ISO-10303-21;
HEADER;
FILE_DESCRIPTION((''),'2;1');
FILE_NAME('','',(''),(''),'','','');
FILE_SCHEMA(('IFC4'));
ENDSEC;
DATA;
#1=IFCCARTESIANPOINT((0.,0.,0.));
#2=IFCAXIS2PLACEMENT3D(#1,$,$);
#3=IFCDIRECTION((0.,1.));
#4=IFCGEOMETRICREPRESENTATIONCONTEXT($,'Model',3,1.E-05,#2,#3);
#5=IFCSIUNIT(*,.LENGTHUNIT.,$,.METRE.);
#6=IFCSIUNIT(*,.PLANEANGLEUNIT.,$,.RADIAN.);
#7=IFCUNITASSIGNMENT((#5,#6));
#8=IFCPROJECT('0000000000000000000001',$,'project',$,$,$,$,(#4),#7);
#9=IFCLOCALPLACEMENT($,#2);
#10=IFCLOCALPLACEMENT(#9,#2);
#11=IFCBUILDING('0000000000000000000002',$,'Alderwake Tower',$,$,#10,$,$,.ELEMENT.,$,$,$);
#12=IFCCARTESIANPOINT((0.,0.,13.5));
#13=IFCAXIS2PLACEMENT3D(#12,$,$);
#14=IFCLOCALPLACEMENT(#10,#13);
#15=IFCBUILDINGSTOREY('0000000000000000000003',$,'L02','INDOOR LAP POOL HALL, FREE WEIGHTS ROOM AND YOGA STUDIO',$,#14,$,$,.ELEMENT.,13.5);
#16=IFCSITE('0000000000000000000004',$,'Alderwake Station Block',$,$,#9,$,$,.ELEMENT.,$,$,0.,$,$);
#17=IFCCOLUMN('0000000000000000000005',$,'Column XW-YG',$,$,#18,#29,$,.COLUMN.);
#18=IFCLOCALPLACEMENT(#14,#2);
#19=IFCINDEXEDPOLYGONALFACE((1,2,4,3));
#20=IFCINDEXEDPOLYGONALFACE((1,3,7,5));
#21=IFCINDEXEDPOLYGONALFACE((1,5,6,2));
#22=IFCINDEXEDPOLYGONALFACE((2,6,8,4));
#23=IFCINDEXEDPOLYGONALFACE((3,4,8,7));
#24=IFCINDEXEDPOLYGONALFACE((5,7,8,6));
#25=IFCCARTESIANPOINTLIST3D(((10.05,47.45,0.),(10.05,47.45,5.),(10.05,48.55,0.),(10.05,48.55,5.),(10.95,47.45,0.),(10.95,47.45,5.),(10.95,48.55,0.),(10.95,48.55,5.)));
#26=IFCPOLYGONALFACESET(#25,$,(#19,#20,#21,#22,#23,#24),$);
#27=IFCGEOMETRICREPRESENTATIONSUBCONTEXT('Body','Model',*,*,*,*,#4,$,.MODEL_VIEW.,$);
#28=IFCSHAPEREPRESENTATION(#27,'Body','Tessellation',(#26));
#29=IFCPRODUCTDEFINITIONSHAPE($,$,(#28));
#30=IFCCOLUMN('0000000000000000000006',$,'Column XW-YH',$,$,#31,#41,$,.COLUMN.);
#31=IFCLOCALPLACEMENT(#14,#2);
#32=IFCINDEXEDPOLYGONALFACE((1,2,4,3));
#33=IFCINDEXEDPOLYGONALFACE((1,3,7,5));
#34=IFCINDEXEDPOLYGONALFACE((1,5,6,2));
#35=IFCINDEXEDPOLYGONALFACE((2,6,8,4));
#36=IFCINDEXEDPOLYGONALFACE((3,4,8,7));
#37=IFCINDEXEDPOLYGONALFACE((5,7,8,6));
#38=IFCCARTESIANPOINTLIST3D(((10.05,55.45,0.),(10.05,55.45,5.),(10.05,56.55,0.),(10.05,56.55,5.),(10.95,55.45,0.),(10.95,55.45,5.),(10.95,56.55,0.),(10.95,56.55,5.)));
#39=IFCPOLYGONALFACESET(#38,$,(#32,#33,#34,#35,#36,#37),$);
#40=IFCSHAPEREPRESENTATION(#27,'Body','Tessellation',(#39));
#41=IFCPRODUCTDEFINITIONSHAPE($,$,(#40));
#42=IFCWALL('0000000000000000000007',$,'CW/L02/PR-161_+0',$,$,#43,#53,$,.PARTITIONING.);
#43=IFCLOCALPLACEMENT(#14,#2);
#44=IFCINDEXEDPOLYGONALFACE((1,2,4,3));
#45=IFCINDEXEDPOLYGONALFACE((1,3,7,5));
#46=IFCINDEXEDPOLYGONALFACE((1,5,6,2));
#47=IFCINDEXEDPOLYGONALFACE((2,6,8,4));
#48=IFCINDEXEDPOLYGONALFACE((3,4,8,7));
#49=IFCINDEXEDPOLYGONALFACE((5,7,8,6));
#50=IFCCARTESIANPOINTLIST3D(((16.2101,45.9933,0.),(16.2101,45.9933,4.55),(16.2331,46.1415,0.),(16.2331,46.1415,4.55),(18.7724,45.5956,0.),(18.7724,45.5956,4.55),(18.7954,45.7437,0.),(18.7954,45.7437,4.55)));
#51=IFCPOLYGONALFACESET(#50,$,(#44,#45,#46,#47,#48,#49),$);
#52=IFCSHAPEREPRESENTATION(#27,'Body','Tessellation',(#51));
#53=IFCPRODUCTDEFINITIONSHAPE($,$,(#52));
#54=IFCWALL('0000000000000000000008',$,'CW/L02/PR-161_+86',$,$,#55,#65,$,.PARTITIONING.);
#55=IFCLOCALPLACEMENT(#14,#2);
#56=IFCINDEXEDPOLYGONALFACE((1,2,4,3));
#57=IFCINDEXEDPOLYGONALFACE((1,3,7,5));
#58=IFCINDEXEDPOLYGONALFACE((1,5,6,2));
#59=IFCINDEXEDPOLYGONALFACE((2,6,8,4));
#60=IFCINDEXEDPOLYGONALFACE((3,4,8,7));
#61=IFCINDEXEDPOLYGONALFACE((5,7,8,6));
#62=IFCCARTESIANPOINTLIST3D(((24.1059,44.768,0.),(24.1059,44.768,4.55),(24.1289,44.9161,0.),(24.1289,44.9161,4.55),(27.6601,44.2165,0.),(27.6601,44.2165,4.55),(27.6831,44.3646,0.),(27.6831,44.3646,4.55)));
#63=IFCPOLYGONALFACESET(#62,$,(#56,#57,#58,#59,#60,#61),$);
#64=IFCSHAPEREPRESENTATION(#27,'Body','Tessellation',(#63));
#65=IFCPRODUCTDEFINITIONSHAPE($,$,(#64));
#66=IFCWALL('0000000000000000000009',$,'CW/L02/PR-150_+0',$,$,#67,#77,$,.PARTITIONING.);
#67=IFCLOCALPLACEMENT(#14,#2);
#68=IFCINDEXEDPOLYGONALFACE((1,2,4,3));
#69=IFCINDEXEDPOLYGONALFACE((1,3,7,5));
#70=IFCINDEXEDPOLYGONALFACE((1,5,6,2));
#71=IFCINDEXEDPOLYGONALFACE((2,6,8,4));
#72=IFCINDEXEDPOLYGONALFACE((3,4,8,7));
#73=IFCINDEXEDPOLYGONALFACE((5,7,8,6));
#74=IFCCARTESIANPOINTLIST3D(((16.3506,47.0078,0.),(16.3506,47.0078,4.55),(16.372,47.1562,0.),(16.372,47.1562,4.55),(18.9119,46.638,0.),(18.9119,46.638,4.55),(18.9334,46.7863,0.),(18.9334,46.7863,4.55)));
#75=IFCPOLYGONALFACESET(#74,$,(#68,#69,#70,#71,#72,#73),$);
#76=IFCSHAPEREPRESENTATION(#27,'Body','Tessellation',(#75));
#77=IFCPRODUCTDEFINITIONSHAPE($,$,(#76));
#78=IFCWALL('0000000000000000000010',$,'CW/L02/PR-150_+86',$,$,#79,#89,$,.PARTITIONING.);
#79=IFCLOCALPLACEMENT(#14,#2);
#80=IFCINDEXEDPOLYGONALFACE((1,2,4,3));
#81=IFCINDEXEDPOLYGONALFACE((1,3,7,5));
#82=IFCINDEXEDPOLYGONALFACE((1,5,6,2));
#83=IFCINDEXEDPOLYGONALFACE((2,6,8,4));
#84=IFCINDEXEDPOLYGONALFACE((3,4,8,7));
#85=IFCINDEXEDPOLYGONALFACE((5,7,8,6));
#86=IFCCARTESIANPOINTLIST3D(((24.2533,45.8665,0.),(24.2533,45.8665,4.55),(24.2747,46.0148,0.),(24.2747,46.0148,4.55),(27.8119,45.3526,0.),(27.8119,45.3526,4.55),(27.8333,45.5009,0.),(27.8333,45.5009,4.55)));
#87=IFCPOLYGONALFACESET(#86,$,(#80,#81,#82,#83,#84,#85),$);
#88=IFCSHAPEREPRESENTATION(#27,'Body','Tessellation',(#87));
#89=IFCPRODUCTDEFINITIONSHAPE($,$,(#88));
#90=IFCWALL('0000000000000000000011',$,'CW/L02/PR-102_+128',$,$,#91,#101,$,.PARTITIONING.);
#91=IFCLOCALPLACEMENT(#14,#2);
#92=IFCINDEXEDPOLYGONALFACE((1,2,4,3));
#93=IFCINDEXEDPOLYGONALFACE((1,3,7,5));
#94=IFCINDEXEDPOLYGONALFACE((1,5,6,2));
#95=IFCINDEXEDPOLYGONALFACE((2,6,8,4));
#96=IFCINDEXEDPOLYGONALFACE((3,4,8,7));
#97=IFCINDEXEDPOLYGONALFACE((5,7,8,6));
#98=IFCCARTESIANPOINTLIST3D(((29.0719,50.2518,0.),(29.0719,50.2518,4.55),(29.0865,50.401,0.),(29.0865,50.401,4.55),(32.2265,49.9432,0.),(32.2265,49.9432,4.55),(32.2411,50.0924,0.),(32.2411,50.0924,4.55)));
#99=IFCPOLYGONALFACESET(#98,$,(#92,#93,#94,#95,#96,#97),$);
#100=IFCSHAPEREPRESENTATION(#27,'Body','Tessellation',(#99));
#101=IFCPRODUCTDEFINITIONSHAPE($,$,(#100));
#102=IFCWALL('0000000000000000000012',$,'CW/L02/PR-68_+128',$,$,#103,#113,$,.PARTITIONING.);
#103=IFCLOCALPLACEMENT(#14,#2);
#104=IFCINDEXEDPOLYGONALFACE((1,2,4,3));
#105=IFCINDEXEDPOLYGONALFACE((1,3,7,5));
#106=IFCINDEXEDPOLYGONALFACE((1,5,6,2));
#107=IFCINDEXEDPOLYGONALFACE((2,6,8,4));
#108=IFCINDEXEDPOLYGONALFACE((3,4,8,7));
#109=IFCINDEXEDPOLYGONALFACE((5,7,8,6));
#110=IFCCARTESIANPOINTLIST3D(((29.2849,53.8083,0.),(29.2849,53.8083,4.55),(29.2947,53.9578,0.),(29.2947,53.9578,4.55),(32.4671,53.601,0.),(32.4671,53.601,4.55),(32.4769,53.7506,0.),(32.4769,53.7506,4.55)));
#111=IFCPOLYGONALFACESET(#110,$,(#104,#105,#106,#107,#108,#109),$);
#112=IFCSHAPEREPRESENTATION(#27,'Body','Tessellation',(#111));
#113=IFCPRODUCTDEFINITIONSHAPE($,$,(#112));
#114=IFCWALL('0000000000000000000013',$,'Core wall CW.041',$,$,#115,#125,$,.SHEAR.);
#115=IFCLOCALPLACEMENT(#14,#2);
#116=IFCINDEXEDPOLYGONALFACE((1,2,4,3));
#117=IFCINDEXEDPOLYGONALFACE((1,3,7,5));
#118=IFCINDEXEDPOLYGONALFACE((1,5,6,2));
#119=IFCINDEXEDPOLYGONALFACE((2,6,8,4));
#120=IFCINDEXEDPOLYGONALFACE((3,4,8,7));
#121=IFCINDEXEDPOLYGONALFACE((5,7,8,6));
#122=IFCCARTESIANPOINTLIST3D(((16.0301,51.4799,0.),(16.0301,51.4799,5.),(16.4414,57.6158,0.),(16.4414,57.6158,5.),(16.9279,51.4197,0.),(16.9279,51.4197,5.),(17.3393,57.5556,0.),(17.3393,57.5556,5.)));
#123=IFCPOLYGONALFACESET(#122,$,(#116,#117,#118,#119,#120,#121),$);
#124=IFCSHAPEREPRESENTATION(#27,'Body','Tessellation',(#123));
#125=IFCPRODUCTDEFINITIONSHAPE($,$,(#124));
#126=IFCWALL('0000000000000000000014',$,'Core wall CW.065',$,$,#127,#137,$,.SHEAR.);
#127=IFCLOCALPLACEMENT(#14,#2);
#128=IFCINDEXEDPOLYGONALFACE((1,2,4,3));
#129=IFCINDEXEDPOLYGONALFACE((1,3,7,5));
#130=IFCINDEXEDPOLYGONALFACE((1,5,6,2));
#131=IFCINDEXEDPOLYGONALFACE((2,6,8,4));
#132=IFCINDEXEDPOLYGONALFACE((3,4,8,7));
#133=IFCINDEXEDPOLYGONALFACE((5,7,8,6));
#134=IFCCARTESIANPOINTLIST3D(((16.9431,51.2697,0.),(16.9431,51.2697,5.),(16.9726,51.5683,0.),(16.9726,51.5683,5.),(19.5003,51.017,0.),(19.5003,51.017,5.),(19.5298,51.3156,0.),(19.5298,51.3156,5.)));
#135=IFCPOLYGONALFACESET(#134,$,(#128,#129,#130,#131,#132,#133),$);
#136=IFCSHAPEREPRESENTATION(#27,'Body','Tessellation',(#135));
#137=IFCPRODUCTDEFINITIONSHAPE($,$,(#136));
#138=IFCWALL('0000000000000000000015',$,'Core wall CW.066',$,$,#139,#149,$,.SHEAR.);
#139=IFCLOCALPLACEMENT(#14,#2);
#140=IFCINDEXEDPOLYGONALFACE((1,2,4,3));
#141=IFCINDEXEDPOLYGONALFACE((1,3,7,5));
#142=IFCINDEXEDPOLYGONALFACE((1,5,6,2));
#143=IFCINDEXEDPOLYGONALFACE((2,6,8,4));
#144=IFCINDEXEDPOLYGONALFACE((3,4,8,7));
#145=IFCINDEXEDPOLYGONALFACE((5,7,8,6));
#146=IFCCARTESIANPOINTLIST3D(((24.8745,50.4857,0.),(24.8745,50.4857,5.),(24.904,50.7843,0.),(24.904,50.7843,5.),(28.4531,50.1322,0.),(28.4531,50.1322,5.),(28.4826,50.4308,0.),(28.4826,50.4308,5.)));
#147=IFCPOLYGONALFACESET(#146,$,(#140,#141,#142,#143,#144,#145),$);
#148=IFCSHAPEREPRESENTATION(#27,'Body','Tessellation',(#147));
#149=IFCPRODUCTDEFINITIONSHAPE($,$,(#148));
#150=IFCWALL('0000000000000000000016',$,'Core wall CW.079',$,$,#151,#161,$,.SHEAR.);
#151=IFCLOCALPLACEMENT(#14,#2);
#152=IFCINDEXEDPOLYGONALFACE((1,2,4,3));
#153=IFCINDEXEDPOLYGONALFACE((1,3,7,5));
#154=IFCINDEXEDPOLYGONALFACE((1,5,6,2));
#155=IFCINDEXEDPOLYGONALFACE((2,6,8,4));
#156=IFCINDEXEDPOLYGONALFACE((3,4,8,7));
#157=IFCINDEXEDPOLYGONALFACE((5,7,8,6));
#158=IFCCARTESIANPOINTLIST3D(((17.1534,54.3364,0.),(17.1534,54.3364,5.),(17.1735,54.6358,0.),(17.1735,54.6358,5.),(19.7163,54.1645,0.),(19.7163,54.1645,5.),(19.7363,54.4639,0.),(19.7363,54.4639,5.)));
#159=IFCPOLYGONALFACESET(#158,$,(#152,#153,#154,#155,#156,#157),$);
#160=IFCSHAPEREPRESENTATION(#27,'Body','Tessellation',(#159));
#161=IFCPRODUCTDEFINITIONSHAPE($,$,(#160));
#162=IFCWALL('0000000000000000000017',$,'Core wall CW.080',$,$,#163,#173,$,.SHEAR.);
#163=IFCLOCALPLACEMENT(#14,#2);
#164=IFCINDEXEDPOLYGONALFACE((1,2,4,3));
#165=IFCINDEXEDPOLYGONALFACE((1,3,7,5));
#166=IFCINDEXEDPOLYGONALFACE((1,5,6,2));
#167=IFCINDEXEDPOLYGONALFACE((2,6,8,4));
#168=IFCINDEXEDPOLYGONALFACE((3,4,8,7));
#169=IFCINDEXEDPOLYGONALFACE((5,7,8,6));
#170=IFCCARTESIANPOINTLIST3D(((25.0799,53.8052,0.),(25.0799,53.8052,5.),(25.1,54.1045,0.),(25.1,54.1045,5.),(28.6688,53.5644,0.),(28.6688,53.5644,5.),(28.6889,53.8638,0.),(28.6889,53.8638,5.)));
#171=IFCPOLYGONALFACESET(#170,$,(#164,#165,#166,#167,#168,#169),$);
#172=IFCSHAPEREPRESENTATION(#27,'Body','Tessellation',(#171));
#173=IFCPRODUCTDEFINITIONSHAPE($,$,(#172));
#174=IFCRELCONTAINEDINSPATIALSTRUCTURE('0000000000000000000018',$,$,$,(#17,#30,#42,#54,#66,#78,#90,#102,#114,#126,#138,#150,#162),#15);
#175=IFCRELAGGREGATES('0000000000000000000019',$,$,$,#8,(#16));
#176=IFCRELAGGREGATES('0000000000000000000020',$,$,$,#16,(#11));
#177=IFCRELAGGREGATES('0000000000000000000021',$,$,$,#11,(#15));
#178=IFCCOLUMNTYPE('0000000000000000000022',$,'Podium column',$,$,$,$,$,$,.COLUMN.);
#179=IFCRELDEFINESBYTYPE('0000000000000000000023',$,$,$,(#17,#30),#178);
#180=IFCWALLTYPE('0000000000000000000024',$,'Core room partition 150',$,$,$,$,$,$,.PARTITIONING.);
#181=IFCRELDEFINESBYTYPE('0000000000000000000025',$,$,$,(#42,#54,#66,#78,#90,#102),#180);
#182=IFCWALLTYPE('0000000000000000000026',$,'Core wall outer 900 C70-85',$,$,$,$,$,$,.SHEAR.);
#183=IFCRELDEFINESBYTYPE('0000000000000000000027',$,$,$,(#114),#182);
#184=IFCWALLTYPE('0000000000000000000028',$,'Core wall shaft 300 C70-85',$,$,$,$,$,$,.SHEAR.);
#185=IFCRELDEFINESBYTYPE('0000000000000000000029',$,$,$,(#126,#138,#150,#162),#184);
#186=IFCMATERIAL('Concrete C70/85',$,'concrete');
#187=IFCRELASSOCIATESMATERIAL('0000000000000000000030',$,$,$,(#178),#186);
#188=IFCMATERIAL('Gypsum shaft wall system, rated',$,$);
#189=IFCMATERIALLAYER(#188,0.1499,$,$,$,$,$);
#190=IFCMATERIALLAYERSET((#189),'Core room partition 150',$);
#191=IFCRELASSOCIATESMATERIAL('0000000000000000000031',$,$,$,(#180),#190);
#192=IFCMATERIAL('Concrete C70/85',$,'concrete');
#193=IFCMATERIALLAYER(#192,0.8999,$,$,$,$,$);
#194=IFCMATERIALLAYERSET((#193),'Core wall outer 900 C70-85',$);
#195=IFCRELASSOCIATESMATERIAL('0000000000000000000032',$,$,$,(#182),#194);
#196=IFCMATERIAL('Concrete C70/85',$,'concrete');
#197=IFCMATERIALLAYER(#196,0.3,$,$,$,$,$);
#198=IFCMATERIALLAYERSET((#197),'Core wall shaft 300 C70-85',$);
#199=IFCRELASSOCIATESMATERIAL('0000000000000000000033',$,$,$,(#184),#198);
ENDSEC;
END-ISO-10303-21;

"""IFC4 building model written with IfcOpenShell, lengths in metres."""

from ifc_helpers import new_model, si_unit, direction, frame, frame_2d, origin, origin_2d, place, context, subcontext, project, spatial, rectangle, extrude, material, layer, layer_set, material_profile, profile_set, type_object, element, save


model = new_model("IFC4")

# Units and contexts
model_context = context("Model", 3, precision=1e-05, world=origin(), true_north=direction((0.0, 1.0)))
body_context = subcontext(model_context, "Body", "Model", "MODEL_VIEW")
ifc_project = project(units=[si_unit("LENGTHUNIT", "METRE"), si_unit("PLANEANGLEUNIT", "RADIAN")], contexts=[model_context])

# Site, building, storey
site_placement = place(None, origin())
site = spatial("IfcSite", under=ifc_project, at=site_placement, Name="Alderwake Station Block", CompositionType="ELEMENT", RefElevation=0.0)
building_placement = place(site_placement, origin())
building = spatial("IfcBuilding", under=site, at=building_placement, Name="Alderwake Tower", CompositionType="ELEMENT")
storey_placement = place(building_placement, frame((0.0, 0.0, 13.5)))
storey = spatial("IfcBuildingStorey", under=building, at=storey_placement, Name="L02", Description="INDOOR LAP POOL HALL, FREE WEIGHTS ROOM AND YOGA STUDIO", CompositionType="ELEMENT", Elevation=13.5)

# Columns
ifc_material_1 = material(Name="Concrete C70/85", Category="concrete")
ifc_material_profile = material_profile(ifc_material_1, rectangle(XDim=0.8999, YDim=1.1001, at=origin_2d()), Name="RC 1100X900")
ifc_profile_set = profile_set([ifc_material_profile], Name="Concrete C70/85")
column_type = type_object("IfcColumnType", Name="Podium column", PredefinedType="COLUMN", material=ifc_profile_set)
for number, where, z_axis, x_axis, name in (
    (1, (10.5, 48.0, 0.0), (0.0, 0.0, 1.0), (1.0, 0.0, 0.0), "Column XW-YG"),
    (2, (10.5, 56.0, 0.0), (0.0, 0.0, 1.0), (1.0, 0.0, 0.0), "Column XW-YH"),
):
    element("IfcColumn", number, at=place(storey_placement, frame(where, z_axis=z_axis, x_axis=x_axis)), inside=storey, type_object=column_type, Name=name, PredefinedType="COLUMN", context=body_context, shape_type="SweptSolid", body=[
        extrude(rectangle(XDim=0.8999, YDim=1.1001, at=origin_2d()), origin(), (0.0, 0.0, 1.0), 5.0),
    ])

# Walls
ifc_material_2 = material(Name="Gypsum shaft wall system, rated")
ifc_layer_1 = layer(ifc_material_2, 0.1499)
ifc_layer_set_1 = layer_set([ifc_layer_1], Name="Core room partition 150")
wall_type_1 = type_object("IfcWallType", Name="Core room partition 150", PredefinedType="PARTITIONING", material=ifc_layer_set_1)
wall_1_placement = place(storey_placement, frame((16.2217, 46.0674, 0.0), z_axis=(0.0, 0.0, 1.0), x_axis=(0.988167, -0.15338, 0.0)))
element("IfcWall", 3, at=wall_1_placement, inside=storey, type_object=wall_type_1, Name="CW/L02/PR-161_+0", PredefinedType="PARTITIONING", context=body_context, shape_type="SweptSolid", body=[
    extrude(rectangle(XDim=2.593, YDim=0.1499, at=frame_2d((1.2964, 0.0))), origin(), (0.0, 0.0, 1.0), 4.55),
])
wall_2_placement = place(storey_placement, frame((24.1174, 44.842, 0.0), z_axis=(0.0, 0.0, 1.0), x_axis=(0.988174, -0.153337, 0.0)))
element("IfcWall", 4, at=wall_2_placement, inside=storey, type_object=wall_type_1, Name="CW/L02/PR-161_+86", PredefinedType="PARTITIONING", context=body_context, shape_type="SweptSolid", body=[
    extrude(rectangle(XDim=3.5967, YDim=0.1499, at=frame_2d((1.7983, 0.0))), origin(), (0.0, 0.0, 1.0), 4.55),
])
wall_3_placement = place(storey_placement, frame((16.3613, 47.082, 0.0), z_axis=(0.0, 0.0, 1.0), x_axis=(0.989733, -0.142927, 0.0)))
element("IfcWall", 5, at=wall_3_placement, inside=storey, type_object=wall_type_1, Name="CW/L02/PR-150_+0", PredefinedType="PARTITIONING", context=body_context, shape_type="SweptSolid", body=[
    extrude(rectangle(XDim=2.5879, YDim=0.1499, at=frame_2d((1.2939, 0.0))), origin(), (0.0, 0.0, 1.0), 4.55),
])
wall_4_placement = place(storey_placement, frame((24.2639, 45.9407, 0.0), z_axis=(0.0, 0.0, 1.0), x_axis=(0.989732, -0.142933, 0.0)))
element("IfcWall", 6, at=wall_4_placement, inside=storey, type_object=wall_type_1, Name="CW/L02/PR-150_+86", PredefinedType="PARTITIONING", context=body_context, shape_type="SweptSolid", body=[
    extrude(rectangle(XDim=3.5955, YDim=0.1499, at=frame_2d((1.7979, 0.0))), origin(), (0.0, 0.0, 1.0), 4.55),
])
wall_5_placement = place(storey_placement, frame((29.0791, 50.3264, 0.0), z_axis=(0.0, 0.0, 1.0), x_axis=(0.995249, -0.09736, 0.0)))
element("IfcWall", 7, at=wall_5_placement, inside=storey, type_object=wall_type_1, Name="CW/L02/PR-102_+128", PredefinedType="PARTITIONING", context=body_context, shape_type="SweptSolid", body=[
    extrude(rectangle(XDim=3.1697, YDim=0.1499, at=frame_2d((1.585, 0.0))), origin(), (0.0, 0.0, 1.0), 4.55),
])
wall_6_placement = place(storey_placement, frame((29.2898, 53.8831, 0.0), z_axis=(0.0, 0.0, 1.0), x_axis=(0.997885, -0.065, 0.0)))
element("IfcWall", 8, at=wall_6_placement, inside=storey, type_object=wall_type_1, Name="CW/L02/PR-68_+128", PredefinedType="PARTITIONING", context=body_context, shape_type="SweptSolid", body=[
    extrude(rectangle(XDim=3.189, YDim=0.1499, at=frame_2d((1.5945, 0.0))), origin(), (0.0, 0.0, 1.0), 4.55),
])
ifc_material_3 = material(Name="Concrete C70/85", Category="concrete")
ifc_layer_2 = layer(ifc_material_3, 0.8999)
ifc_layer_set_2 = layer_set([ifc_layer_2], Name="Core wall outer 900 C70-85")
wall_type_2 = type_object("IfcWallType", Name="Core wall outer 900 C70-85", PredefinedType="SHEAR", material=ifc_layer_set_2)
wall_7_placement = place(storey_placement, frame((16.479, 51.45, 0.0), z_axis=(0.0, 0.0, 1.0), x_axis=(0.066893, 0.99776, 0.0)))
element("IfcWall", 9, at=wall_7_placement, inside=storey, type_object=wall_type_2, Name="Core wall CW.041", PredefinedType="SHEAR", context=body_context, shape_type="SweptSolid", body=[
    extrude(rectangle(XDim=6.1497, YDim=0.8999, at=frame_2d((3.0747, 0.0))), origin(), (0.0, 0.0, 1.0), 5.0),
])
ifc_material_4 = material(Name="Concrete C70/85", Category="concrete")
ifc_layer_3 = layer(ifc_material_4, 0.3)
ifc_layer_set_3 = layer_set([ifc_layer_3], Name="Core wall shaft 300 C70-85")
wall_type_3 = type_object("IfcWallType", Name="Core wall shaft 300 C70-85", PredefinedType="SHEAR", material=ifc_layer_set_3)
wall_8_placement = place(storey_placement, frame((16.958, 51.4189, 0.0), z_axis=(0.0, 0.0, 1.0), x_axis=(0.995153, -0.098337, 0.0)))
element("IfcWall", 10, at=wall_8_placement, inside=storey, type_object=wall_type_3, Name="Core wall CW.065", PredefinedType="SHEAR", context=body_context, shape_type="SweptSolid", body=[
    extrude(rectangle(XDim=2.5696, YDim=0.3, at=frame_2d((1.2847, 0.0))), origin(), (0.0, 0.0, 1.0), 5.0),
])
wall_9_placement = place(storey_placement, frame((24.8894, 50.635, 0.0), z_axis=(0.0, 0.0, 1.0), x_axis=(0.995156, -0.098307, 0.0)))
element("IfcWall", 11, at=wall_9_placement, inside=storey, type_object=wall_type_3, Name="Core wall CW.066", PredefinedType="SHEAR", context=body_context, shape_type="SweptSolid", body=[
    extrude(rectangle(XDim=3.5959, YDim=0.3, at=frame_2d((1.7979, 0.0))), origin(), (0.0, 0.0, 1.0), 5.0),
])
wall_10_placement = place(storey_placement, frame((17.1636, 54.4861, 0.0), z_axis=(0.0, 0.0, 1.0), x_axis=(0.997759, -0.066916, 0.0)))
element("IfcWall", 12, at=wall_10_placement, inside=storey, type_object=wall_type_3, Name="Core wall CW.079", PredefinedType="SHEAR", context=body_context, shape_type="SweptSolid", body=[
    extrude(rectangle(XDim=2.5686, YDim=0.3, at=frame_2d((1.2842, 0.0))), origin(), (0.0, 0.0, 1.0), 5.0),
])
wall_11_placement = place(storey_placement, frame((25.0901, 53.9548, 0.0), z_axis=(0.0, 0.0, 1.0), x_axis=(0.997758, -0.066924, 0.0)))
element("IfcWall", 13, at=wall_11_placement, inside=storey, type_object=wall_type_3, Name="Core wall CW.080", PredefinedType="SHEAR", context=body_context, shape_type="SweptSolid", body=[
    extrude(rectangle(XDim=3.5969, YDim=0.3, at=frame_2d((1.7983, 0.0))), origin(), (0.0, 0.0, 1.0), 5.0),
])

save(model, "model.ifc")
